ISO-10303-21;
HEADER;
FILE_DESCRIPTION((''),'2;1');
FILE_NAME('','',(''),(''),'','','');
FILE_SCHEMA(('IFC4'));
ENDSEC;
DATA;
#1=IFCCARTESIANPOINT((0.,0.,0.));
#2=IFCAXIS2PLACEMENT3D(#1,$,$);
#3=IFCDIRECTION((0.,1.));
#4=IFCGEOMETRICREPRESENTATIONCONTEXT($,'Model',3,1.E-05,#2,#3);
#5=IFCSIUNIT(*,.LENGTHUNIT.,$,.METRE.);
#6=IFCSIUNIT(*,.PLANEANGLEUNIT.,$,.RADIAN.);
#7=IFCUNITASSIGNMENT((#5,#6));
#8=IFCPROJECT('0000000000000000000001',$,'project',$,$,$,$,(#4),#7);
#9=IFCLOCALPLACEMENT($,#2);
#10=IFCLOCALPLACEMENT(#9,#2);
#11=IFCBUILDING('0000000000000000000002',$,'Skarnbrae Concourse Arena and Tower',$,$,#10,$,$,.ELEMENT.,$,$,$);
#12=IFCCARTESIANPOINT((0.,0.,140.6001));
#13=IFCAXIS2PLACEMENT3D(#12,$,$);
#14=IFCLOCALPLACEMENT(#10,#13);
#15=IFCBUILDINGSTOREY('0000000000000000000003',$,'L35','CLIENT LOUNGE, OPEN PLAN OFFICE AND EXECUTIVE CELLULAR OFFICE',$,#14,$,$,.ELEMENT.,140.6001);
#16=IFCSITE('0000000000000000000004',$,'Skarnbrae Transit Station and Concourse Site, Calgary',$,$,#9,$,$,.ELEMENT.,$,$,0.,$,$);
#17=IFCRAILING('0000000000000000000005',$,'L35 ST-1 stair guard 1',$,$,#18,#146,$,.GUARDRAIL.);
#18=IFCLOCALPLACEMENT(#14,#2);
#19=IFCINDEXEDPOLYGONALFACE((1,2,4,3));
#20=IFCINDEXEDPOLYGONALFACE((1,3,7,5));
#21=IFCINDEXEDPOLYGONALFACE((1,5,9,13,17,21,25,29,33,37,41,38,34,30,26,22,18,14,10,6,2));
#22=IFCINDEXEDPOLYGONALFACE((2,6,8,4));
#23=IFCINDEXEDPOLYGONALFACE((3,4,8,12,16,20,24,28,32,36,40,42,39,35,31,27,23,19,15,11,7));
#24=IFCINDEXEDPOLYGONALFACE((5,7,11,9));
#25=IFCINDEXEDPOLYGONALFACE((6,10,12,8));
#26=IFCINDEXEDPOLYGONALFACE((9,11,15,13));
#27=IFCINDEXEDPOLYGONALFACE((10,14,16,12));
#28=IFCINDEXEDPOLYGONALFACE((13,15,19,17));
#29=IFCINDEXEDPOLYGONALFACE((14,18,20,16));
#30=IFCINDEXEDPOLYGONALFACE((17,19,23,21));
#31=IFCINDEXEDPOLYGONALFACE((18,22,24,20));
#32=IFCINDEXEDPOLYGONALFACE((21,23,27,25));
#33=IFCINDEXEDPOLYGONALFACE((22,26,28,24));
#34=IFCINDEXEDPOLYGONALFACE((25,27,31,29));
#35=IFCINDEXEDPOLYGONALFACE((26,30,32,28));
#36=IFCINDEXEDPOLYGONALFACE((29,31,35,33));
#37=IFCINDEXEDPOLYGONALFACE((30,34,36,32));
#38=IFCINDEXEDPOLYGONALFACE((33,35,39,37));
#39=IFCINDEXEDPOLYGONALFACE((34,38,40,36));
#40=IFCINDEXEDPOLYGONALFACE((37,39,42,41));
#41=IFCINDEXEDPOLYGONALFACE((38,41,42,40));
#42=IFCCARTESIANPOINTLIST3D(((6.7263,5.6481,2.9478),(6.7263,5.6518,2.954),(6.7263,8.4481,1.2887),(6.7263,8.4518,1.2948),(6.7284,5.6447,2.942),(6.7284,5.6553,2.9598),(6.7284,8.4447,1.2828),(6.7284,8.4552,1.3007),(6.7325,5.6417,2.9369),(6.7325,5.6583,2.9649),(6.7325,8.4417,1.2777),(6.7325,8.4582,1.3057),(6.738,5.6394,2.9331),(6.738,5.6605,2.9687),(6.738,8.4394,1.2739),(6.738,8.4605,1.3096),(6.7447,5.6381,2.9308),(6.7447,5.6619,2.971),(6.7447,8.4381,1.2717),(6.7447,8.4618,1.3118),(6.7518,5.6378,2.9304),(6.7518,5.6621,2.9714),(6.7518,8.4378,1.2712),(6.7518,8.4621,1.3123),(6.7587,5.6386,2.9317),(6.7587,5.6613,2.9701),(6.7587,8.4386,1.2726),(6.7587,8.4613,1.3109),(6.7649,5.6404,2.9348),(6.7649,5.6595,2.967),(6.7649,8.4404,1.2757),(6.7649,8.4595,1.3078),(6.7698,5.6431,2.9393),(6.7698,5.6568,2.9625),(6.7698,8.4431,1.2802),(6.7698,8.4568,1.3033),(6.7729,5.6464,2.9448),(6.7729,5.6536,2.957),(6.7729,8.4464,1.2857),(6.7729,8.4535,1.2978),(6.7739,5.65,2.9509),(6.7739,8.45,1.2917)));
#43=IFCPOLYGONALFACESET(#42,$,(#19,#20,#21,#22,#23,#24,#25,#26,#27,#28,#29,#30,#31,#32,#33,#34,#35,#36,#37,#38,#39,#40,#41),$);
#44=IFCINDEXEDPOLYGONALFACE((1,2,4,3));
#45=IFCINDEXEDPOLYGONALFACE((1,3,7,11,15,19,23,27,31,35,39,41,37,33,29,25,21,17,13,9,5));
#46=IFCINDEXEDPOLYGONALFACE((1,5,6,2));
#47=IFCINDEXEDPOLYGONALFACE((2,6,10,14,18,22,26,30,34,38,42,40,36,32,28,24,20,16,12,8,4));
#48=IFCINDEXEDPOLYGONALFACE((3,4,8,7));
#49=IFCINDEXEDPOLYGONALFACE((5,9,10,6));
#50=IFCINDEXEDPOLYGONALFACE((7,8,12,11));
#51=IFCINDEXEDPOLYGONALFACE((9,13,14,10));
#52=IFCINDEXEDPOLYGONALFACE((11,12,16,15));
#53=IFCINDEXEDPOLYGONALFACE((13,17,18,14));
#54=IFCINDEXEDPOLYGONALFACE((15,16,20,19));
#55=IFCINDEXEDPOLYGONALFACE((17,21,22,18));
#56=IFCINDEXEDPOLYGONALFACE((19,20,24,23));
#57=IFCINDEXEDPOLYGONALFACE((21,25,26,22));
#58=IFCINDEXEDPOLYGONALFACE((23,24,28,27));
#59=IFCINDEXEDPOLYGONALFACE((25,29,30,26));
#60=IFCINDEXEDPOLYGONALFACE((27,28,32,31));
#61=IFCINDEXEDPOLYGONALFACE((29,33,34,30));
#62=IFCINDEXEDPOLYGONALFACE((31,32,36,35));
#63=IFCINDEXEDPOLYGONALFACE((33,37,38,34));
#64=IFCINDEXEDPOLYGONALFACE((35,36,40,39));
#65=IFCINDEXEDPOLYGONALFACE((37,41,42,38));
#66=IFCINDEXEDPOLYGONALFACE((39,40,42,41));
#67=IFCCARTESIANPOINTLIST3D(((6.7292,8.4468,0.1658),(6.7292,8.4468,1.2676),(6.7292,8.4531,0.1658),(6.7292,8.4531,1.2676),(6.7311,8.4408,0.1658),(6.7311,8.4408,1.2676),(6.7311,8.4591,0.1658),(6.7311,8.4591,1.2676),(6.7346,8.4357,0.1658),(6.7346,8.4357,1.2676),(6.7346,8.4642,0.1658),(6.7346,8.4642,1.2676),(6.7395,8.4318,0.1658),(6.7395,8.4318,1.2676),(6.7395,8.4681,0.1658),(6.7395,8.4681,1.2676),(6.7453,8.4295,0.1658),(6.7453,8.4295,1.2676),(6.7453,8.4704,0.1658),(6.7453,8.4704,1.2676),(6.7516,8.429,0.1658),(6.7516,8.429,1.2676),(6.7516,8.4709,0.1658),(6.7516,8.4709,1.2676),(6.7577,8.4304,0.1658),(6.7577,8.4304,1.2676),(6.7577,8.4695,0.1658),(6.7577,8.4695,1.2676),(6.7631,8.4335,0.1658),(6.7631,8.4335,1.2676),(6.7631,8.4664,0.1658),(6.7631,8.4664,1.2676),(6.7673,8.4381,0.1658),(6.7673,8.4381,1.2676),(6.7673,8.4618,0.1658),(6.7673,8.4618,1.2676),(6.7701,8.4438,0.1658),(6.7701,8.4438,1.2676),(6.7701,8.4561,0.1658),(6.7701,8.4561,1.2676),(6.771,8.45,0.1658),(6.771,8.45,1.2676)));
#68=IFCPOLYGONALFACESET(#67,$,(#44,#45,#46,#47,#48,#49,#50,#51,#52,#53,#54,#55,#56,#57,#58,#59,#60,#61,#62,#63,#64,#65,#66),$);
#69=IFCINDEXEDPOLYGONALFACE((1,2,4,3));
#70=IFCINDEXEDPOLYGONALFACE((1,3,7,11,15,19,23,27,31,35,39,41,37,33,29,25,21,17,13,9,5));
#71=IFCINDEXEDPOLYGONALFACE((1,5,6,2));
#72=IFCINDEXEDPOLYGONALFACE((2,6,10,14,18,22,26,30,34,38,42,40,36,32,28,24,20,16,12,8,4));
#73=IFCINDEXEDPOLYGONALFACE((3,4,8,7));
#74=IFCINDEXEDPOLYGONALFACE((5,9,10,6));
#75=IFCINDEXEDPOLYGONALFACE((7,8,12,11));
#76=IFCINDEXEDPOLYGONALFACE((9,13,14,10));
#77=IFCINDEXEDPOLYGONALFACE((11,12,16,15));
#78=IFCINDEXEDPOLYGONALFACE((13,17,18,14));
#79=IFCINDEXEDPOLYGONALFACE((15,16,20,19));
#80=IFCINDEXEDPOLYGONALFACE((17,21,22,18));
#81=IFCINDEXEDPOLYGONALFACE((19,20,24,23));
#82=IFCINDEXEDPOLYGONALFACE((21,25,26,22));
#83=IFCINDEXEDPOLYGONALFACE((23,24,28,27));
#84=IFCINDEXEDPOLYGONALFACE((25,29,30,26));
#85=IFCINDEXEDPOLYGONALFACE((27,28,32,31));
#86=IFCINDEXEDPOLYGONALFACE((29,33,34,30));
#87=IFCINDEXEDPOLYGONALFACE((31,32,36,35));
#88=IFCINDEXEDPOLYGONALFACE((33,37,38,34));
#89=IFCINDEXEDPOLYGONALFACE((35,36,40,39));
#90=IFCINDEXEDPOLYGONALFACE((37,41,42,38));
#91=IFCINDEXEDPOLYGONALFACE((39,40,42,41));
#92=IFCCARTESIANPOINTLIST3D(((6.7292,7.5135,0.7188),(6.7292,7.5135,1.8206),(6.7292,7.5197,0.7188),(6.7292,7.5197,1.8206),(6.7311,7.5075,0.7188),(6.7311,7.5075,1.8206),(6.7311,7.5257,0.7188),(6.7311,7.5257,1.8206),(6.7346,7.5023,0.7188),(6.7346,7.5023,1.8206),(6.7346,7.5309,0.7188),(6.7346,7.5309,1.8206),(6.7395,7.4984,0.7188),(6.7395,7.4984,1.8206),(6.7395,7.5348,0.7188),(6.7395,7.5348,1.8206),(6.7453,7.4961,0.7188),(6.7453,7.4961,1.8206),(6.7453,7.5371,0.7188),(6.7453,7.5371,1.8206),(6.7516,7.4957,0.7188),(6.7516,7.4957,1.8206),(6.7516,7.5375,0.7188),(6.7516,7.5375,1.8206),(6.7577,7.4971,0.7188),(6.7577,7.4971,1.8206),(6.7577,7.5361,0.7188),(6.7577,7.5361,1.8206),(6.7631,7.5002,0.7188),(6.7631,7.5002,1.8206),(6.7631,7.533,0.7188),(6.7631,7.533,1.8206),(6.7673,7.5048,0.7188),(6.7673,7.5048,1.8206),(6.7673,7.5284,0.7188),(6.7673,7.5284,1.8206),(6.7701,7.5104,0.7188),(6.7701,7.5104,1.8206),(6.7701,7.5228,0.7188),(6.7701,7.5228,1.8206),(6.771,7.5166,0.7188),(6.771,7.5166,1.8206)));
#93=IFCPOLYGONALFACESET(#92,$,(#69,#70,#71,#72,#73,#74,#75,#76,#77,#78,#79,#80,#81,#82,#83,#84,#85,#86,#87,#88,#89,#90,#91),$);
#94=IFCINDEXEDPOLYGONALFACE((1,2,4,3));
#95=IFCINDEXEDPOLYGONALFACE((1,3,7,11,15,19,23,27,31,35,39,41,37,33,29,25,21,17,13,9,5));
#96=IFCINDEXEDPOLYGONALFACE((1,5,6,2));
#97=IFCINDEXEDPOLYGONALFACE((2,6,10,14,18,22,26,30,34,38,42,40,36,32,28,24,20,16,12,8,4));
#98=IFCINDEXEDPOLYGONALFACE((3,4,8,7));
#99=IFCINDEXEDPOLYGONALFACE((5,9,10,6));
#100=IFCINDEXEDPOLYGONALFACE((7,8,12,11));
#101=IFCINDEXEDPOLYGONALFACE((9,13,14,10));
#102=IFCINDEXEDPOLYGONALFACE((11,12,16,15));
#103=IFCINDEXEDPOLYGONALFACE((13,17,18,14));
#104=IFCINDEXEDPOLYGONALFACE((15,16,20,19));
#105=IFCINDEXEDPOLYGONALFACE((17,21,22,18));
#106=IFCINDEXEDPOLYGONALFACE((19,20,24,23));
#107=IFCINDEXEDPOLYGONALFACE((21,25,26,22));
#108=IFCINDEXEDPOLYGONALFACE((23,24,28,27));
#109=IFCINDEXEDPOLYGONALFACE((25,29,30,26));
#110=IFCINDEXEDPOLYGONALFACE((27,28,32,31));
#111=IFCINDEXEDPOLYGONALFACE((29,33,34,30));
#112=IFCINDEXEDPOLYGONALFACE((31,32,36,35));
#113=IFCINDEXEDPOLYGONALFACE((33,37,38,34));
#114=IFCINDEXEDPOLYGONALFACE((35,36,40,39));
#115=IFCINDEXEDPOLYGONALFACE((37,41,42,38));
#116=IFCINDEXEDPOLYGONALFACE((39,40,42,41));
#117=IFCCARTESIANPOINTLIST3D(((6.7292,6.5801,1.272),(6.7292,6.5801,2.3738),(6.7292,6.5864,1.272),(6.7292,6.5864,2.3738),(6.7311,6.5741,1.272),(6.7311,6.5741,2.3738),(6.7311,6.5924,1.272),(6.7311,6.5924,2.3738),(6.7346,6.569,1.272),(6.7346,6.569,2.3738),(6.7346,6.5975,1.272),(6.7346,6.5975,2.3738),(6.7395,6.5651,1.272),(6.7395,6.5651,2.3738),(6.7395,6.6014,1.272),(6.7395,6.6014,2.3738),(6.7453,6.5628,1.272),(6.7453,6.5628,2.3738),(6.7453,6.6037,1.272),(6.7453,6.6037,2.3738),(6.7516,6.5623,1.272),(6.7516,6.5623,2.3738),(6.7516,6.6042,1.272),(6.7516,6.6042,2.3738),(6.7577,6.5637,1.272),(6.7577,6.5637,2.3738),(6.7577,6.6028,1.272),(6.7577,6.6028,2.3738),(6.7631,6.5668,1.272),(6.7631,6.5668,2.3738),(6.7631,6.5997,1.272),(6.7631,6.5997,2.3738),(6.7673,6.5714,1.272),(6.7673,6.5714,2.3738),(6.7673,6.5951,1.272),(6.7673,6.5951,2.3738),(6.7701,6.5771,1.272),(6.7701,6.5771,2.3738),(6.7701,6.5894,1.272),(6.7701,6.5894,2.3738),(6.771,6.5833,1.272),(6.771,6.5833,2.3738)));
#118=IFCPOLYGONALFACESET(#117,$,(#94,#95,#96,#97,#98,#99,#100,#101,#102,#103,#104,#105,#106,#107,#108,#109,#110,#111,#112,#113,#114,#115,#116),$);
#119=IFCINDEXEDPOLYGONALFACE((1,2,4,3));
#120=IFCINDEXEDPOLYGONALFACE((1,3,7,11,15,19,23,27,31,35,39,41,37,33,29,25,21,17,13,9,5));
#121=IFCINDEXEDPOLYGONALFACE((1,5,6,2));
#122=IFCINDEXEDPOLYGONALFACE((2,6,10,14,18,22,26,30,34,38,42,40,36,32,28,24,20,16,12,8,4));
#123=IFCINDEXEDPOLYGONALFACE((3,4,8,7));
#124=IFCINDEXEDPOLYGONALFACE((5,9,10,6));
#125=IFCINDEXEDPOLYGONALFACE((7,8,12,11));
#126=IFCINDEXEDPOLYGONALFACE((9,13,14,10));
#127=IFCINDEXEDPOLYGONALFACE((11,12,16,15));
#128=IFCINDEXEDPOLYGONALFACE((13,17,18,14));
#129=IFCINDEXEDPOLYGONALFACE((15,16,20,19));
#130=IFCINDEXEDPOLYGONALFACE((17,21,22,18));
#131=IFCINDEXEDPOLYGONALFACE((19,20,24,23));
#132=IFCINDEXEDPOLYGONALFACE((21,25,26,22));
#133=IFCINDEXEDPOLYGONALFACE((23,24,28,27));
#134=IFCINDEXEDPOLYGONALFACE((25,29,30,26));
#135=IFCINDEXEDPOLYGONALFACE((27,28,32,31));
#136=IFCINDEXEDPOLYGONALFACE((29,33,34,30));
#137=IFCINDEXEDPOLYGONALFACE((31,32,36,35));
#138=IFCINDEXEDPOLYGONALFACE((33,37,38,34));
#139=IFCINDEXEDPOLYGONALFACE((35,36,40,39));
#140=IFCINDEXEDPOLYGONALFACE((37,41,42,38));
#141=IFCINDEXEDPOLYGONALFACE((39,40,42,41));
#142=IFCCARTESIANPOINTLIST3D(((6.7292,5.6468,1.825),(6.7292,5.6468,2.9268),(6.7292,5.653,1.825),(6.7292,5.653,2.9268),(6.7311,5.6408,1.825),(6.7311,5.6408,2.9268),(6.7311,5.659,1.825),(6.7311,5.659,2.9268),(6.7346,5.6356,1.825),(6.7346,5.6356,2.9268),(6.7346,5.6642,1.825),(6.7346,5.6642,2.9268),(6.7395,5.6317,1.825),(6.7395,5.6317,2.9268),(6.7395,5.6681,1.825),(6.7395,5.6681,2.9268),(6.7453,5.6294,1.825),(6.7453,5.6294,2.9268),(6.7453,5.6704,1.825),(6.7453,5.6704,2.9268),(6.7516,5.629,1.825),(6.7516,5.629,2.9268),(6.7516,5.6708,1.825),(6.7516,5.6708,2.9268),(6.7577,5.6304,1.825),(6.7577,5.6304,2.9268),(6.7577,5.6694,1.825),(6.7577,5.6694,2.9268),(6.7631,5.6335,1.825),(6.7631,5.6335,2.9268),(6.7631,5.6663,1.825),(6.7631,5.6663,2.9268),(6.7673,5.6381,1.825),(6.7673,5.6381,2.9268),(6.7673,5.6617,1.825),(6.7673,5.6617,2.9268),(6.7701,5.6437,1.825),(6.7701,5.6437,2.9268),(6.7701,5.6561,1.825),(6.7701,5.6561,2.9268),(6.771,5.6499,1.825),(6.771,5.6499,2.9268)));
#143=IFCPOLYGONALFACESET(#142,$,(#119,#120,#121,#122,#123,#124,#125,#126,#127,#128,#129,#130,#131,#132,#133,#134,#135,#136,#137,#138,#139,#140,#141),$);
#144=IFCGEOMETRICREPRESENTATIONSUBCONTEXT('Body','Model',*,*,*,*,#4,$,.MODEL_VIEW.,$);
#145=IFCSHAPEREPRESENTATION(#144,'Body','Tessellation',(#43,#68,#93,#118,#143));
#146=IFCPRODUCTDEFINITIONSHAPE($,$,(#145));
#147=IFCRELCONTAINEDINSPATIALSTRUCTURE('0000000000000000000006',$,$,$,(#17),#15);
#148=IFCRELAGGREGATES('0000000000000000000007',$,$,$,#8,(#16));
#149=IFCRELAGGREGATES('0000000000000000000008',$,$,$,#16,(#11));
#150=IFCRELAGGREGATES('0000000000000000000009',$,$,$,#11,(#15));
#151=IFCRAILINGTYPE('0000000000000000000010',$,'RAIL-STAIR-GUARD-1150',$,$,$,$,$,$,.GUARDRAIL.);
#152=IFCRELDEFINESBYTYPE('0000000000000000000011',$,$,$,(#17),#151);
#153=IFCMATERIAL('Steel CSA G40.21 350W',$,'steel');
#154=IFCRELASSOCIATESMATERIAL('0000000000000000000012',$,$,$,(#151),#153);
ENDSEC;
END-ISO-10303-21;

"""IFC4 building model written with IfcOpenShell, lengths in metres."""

from ifc_helpers import new_model, si_unit, direction, frame, origin, origin_2d, place, context, subcontext, project, spatial, circle, extrude, material, type_object, element, save


model = new_model("IFC4")

# Units and contexts
model_context = context("Model", 3, precision=1e-05, world=origin(), true_north=direction((0.0, 1.0)))
body_context = subcontext(model_context, "Body", "Model", "MODEL_VIEW")
ifc_project = project(units=[si_unit("LENGTHUNIT", "METRE"), si_unit("PLANEANGLEUNIT", "RADIAN")], contexts=[model_context])

# Site, building, storey
site_placement = place(None, origin())
site = spatial("IfcSite", under=ifc_project, at=site_placement, Name="Skarnbrae Transit Station and Concourse Site, Calgary", CompositionType="ELEMENT", RefElevation=0.0)
building_placement = place(site_placement, origin())
building = spatial("IfcBuilding", under=site, at=building_placement, Name="Skarnbrae Concourse Arena and Tower", CompositionType="ELEMENT")
storey_placement = place(building_placement, frame((0.0, 0.0, 140.6001)))
storey = spatial("IfcBuildingStorey", under=building, at=storey_placement, Name="L35", Description="CLIENT LOUNGE, OPEN PLAN OFFICE AND EXECUTIVE CELLULAR OFFICE", CompositionType="ELEMENT", Elevation=140.6001)

# Shared definitions
ifc_material_1 = material(Name="Steel CSA G40.21 350W", Category="steel")

# Railing
railing_type = type_object("IfcRailingType", Name="RAIL-STAIR-GUARD-1150", PredefinedType="GUARDRAIL", material=ifc_material_1)
railing_1_placement = place(storey_placement, frame((6.75, 8.45, 0.1658)))
element("IfcRailing", 1, at=railing_1_placement, inside=storey, type_object=railing_type, Name="L35 ST-1 stair guard 1", PredefinedType="GUARDRAIL", context=body_context, shape_type="SweptSolid", body=[
    extrude(circle(Radius=0.0239, at=origin_2d()), frame((0.0, 0.0, 1.126), z_axis=(0.0, -0.860306, 0.509778), x_axis=(1.0, 0.0, 0.0)), (0.0, 0.0, 1.0), 3.2546),
    extrude(circle(Radius=0.021, at=origin_2d()), origin(), (0.0, 0.0, 1.0), 1.1018),
    extrude(circle(Radius=0.021, at=origin_2d()), frame((0.0, -0.9333, 0.553)), (0.0, 0.0, 1.0), 1.1018),
    extrude(circle(Radius=0.021, at=origin_2d()), frame((0.0, -1.8667, 1.1062)), (0.0, 0.0, 1.0), 1.1018),
    extrude(circle(Radius=0.021, at=origin_2d()), frame((0.0, -2.8, 1.6592)), (0.0, 0.0, 1.0), 1.1018),
])

save(model, "model.ifc")
